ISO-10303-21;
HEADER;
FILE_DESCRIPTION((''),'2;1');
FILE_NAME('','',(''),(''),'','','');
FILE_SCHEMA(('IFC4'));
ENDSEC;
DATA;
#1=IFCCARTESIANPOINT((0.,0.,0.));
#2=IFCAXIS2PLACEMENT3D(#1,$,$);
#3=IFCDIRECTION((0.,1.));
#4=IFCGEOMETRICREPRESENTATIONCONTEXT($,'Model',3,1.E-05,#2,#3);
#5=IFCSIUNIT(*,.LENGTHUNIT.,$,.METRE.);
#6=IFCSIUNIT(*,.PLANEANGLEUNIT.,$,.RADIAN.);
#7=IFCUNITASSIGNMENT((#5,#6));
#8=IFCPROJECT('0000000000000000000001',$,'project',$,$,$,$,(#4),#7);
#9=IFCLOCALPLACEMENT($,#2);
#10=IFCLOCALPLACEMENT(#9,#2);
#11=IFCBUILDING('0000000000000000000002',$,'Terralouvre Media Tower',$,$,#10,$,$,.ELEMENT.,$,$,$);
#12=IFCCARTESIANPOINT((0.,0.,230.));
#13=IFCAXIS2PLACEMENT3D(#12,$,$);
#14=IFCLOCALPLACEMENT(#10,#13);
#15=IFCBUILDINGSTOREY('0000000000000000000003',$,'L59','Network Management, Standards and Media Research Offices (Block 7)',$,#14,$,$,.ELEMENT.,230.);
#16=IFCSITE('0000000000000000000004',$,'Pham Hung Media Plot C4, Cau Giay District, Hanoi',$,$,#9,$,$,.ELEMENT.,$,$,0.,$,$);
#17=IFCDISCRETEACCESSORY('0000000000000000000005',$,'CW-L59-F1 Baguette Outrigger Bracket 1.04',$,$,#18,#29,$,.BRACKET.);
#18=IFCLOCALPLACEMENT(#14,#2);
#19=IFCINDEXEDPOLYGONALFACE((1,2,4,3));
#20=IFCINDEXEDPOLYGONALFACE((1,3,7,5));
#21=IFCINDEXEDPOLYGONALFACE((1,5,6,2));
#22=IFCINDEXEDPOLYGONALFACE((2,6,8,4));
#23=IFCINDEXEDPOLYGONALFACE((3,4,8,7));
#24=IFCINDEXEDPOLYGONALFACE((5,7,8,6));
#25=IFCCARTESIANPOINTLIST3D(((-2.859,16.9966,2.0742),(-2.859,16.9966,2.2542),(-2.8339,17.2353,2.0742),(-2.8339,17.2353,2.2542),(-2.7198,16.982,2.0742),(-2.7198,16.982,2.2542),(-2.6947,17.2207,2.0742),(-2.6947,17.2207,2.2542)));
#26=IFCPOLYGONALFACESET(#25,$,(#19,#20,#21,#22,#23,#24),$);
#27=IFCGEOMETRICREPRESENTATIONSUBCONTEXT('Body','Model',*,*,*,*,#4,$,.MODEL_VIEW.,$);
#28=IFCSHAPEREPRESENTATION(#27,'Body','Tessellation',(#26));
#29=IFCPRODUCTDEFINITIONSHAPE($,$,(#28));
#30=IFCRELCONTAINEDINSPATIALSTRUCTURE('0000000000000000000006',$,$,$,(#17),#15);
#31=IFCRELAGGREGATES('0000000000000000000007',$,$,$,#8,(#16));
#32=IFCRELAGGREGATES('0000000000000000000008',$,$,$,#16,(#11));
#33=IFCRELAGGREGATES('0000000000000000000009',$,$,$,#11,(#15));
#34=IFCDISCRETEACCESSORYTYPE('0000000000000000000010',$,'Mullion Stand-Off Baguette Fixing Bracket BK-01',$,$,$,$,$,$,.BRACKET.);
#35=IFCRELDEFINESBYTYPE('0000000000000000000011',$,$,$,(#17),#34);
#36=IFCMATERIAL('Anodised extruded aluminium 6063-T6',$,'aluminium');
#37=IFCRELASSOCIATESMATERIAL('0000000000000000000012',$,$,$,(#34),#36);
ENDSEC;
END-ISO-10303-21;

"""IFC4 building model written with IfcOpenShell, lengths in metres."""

from ifc_helpers import new_model, si_unit, direction, frame, origin, origin_2d, place, context, subcontext, project, spatial, rectangle, extrude, material, type_object, element, save


model = new_model("IFC4")

# Units and contexts
model_context = context("Model", 3, precision=1e-05, world=origin(), true_north=direction((0.0, 1.0)))
body_context = subcontext(model_context, "Body", "Model", "MODEL_VIEW")
ifc_project = project(units=[si_unit("LENGTHUNIT", "METRE"), si_unit("PLANEANGLEUNIT", "RADIAN")], contexts=[model_context])

# Site, building, storey
site_placement = place(None, origin())
site = spatial("IfcSite", under=ifc_project, at=site_placement, Name="Pham Hung Media Plot C4, Cau Giay District, Hanoi", CompositionType="ELEMENT", RefElevation=0.0)
building_placement = place(site_placement, origin())
building = spatial("IfcBuilding", under=site, at=building_placement, Name="Terralouvre Media Tower", CompositionType="ELEMENT")
storey_placement = place(building_placement, frame((0.0, 0.0, 230.0)))
storey = spatial("IfcBuildingStorey", under=building, at=storey_placement, Name="L59", Description="Network Management, Standards and Media Research Offices (Block 7)", CompositionType="ELEMENT", Elevation=230.0)

# Discrete accessory
ifc_material_1 = material(Name="Anodised extruded aluminium 6063-T6", Category="aluminium")
discrete_accessory_type = type_object("IfcDiscreteAccessoryType", Name="Mullion Stand-Off Baguette Fixing Bracket BK-01", PredefinedType="BRACKET", material=ifc_material_1)
discrete_accessory_placement = place(storey_placement, frame((-2.7769, 17.1086, 2.0742), z_axis=(0.0, 0.0, 1.0), x_axis=(-0.994522, 0.104529, 0.0)))
element("IfcDiscreteAccessory", 1, at=discrete_accessory_placement, inside=storey, type_object=discrete_accessory_type, Name="CW-L59-F1 Baguette Outrigger Bracket 1.04", PredefinedType="BRACKET", context=body_context, shape_type="SweptSolid", body=[
    extrude(rectangle(XDim=0.1399, YDim=0.24, at=origin_2d()), origin(), (0.0, 0.0, 1.0), 0.1799),
])

save(model, "model.ifc")
